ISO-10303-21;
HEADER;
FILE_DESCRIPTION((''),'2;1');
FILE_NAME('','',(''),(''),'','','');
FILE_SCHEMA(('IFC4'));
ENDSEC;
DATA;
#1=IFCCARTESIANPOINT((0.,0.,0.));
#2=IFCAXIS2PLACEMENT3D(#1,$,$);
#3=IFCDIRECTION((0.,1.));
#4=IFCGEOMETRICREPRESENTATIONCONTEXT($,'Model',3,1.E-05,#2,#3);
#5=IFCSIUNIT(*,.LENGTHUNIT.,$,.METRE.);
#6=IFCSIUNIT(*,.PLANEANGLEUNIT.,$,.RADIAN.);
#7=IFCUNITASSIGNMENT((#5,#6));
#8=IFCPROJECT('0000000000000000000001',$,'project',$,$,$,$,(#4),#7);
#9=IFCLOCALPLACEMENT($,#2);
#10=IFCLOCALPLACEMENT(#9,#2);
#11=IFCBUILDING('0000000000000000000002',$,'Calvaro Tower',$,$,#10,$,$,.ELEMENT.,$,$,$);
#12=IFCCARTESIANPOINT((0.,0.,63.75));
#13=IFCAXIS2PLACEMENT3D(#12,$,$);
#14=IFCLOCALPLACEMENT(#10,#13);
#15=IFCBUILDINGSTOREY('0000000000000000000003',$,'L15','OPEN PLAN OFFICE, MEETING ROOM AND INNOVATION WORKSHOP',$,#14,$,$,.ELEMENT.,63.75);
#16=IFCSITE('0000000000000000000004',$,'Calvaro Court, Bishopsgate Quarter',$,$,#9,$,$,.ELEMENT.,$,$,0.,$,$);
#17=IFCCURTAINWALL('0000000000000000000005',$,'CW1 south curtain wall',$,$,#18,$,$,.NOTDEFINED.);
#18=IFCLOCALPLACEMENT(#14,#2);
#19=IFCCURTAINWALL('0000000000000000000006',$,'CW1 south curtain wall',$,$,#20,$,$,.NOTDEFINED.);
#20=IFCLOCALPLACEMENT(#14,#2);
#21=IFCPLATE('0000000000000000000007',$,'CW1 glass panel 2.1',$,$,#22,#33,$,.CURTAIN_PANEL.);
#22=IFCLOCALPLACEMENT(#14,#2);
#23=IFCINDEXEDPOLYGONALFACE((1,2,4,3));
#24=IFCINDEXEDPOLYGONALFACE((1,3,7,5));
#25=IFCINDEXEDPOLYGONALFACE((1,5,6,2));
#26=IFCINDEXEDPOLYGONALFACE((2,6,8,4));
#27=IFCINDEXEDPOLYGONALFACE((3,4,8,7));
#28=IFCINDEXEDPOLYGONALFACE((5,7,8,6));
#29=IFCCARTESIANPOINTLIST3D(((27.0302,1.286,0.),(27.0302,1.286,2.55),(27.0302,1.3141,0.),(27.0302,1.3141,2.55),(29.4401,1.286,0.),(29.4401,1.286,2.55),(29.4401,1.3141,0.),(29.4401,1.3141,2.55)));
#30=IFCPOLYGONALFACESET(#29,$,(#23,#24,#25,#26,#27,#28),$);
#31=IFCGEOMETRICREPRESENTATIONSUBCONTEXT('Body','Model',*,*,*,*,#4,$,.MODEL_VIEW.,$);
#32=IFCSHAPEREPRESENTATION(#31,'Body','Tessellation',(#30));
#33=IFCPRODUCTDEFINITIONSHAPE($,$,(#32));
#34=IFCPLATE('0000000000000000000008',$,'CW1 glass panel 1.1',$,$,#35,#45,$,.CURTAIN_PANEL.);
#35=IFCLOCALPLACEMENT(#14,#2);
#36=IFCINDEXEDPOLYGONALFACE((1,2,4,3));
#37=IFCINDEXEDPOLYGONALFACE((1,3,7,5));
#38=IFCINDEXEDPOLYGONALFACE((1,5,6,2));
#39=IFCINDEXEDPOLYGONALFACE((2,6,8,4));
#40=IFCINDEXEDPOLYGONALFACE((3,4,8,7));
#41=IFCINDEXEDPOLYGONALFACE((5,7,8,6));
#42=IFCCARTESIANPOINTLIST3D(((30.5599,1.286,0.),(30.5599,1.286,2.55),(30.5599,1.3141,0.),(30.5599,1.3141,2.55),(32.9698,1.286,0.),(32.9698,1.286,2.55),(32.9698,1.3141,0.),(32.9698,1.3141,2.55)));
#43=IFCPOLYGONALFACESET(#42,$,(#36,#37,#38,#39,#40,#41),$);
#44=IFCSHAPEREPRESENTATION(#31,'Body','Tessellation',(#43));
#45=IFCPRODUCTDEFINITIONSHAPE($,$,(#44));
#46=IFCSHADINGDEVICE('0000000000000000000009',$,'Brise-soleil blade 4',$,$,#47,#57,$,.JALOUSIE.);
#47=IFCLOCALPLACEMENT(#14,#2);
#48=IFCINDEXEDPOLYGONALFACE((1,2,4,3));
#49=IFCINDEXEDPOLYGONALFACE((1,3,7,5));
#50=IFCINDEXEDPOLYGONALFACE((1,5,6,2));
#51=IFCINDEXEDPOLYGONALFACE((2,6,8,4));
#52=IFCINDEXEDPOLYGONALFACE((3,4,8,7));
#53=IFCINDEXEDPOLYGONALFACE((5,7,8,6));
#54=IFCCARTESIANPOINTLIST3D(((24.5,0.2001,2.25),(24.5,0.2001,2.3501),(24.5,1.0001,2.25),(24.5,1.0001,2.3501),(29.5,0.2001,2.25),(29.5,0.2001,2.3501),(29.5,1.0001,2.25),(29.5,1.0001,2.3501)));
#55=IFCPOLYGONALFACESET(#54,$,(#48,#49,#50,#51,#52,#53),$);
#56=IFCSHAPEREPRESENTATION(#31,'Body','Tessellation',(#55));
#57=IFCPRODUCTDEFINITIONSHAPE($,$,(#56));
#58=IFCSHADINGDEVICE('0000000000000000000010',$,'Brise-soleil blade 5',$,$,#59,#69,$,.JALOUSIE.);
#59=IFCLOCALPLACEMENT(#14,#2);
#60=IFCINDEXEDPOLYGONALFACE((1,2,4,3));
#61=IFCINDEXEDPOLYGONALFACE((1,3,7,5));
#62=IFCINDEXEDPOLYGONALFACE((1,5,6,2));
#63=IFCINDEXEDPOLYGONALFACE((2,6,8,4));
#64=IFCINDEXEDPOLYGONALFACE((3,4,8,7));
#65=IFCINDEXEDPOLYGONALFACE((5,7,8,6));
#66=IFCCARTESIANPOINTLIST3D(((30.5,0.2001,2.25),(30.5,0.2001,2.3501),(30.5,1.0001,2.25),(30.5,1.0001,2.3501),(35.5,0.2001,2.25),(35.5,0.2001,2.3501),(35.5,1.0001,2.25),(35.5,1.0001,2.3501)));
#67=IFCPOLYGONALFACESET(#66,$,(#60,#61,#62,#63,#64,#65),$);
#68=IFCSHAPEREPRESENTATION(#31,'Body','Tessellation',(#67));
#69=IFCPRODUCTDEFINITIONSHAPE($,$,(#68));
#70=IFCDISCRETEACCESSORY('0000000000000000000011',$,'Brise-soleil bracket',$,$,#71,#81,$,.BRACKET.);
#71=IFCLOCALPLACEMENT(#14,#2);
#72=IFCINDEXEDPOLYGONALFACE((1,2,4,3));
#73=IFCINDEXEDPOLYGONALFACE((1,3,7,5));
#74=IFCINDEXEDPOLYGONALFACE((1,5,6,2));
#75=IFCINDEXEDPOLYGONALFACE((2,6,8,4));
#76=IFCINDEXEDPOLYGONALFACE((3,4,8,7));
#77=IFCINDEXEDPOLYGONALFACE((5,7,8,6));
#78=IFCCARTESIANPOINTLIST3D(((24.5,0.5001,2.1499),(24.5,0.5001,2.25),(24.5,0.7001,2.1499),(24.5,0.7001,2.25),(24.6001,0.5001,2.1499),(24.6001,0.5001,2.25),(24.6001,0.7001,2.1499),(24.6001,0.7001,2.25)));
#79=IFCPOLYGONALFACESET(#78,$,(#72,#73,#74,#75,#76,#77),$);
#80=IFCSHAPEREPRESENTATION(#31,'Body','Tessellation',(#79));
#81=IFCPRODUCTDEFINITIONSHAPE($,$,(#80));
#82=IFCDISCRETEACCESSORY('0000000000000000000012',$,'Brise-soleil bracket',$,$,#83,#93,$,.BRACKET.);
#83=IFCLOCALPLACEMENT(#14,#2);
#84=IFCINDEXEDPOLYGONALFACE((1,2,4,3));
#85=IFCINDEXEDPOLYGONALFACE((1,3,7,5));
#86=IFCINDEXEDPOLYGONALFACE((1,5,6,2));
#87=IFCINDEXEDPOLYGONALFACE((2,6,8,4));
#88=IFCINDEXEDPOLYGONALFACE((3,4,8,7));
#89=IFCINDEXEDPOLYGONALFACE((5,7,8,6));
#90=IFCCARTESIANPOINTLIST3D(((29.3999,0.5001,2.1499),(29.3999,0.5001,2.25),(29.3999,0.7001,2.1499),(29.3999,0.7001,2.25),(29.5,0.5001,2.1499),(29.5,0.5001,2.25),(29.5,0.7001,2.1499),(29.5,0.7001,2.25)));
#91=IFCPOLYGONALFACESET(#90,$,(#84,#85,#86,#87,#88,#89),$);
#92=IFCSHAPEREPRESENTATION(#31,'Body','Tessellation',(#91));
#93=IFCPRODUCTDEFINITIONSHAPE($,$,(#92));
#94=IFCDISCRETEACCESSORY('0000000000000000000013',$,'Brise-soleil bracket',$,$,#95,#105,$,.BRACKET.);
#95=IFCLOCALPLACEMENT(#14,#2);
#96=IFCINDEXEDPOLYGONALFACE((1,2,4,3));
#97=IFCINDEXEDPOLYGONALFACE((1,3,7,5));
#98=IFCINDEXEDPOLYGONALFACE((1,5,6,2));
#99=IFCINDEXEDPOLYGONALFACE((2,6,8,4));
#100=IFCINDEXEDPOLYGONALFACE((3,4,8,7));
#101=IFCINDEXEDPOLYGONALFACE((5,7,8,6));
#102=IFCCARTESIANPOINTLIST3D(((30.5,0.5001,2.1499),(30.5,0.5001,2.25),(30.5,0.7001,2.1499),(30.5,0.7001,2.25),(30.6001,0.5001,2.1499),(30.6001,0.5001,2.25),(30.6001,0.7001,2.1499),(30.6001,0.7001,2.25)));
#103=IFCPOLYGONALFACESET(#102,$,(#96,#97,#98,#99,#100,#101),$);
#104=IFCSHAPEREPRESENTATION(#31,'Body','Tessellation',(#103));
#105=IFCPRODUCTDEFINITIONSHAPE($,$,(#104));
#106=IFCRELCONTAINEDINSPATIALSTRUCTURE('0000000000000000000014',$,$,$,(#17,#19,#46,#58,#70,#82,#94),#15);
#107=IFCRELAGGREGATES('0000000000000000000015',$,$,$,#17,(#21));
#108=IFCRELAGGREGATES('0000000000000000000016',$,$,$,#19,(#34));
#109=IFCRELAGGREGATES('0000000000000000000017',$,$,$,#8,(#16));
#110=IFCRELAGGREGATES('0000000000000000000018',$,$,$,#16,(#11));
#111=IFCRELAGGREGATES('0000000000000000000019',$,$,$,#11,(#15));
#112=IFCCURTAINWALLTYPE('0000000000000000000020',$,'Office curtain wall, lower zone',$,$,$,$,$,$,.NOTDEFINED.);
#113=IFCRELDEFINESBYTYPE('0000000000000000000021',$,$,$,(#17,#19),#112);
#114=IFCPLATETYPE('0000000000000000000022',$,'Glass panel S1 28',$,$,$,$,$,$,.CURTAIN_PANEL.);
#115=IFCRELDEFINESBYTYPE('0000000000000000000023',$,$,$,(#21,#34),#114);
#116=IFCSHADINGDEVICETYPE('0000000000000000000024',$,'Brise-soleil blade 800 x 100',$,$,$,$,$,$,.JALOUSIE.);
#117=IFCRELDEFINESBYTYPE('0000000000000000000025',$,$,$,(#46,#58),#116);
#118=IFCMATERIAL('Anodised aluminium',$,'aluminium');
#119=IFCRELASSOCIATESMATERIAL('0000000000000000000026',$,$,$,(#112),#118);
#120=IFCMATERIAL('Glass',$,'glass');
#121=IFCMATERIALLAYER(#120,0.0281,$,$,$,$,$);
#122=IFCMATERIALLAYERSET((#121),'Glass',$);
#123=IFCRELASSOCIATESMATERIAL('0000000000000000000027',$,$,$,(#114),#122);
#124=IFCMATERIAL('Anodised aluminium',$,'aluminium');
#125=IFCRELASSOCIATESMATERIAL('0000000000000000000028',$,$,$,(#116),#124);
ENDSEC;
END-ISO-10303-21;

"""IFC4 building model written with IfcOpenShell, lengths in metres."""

from ifc_helpers import new_model, si_unit, direction, frame, origin, origin_2d, place, context, subcontext, project, spatial, rectangle, extrude, material, layer, layer_set, material_profile, profile_set, type_object, element, aggregate, save


model = new_model("IFC4")

# Units and contexts
model_context = context("Model", 3, precision=1e-05, world=origin(), true_north=direction((0.0, 1.0)))
body_context = subcontext(model_context, "Body", "Model", "MODEL_VIEW")
ifc_project = project(units=[si_unit("LENGTHUNIT", "METRE"), si_unit("PLANEANGLEUNIT", "RADIAN")], contexts=[model_context])

# Site, building, storey
site_placement = place(None, origin())
site = spatial("IfcSite", under=ifc_project, at=site_placement, Name="Calvaro Court, Bishopsgate Quarter", CompositionType="ELEMENT", RefElevation=0.0)
building_placement = place(site_placement, origin())
building = spatial("IfcBuilding", under=site, at=building_placement, Name="Calvaro Tower", CompositionType="ELEMENT")
storey_placement = place(building_placement, frame((0.0, 0.0, 63.75)))
storey = spatial("IfcBuildingStorey", under=building, at=storey_placement, Name="L15", Description="OPEN PLAN OFFICE, MEETING ROOM AND INNOVATION WORKSHOP", CompositionType="ELEMENT", Elevation=63.75)

# Curtain walls
ifc_material_1 = material(Name="Anodised aluminium", Category="aluminium")
curtain_wall_type = type_object("IfcCurtainWallType", Name="Office curtain wall, lower zone", PredefinedType="NOTDEFINED", material=ifc_material_1)
curtain_wall_1_placement = place(storey_placement, origin())
curtain_wall_1 = element("IfcCurtainWall", 1, at=curtain_wall_1_placement, inside=storey, type_object=curtain_wall_type, Name="CW1 south curtain wall", PredefinedType="NOTDEFINED")
curtain_wall_2_placement = place(storey_placement, origin())
curtain_wall_2 = element("IfcCurtainWall", 2, at=curtain_wall_2_placement, inside=storey, type_object=curtain_wall_type, Name="CW1 south curtain wall", PredefinedType="NOTDEFINED")

# Plates
ifc_material_2 = material(Name="Glass", Category="glass")
ifc_layer = layer(ifc_material_2, 0.0281)
ifc_layer_set = layer_set([ifc_layer], Name="Glass")
plate_type = type_object("IfcPlateType", Name="Glass panel S1 28", PredefinedType="CURTAIN_PANEL", material=ifc_layer_set)
plate_1_placement = place(storey_placement, frame((28.2351, 1.3, 0.0), z_axis=(0.0, 0.0, 1.0), x_axis=(1.0, 0.0, 0.0)))
plate_1 = element("IfcPlate", 3, at=plate_1_placement, type_object=plate_type, Name="CW1 glass panel 2.1", PredefinedType="CURTAIN_PANEL", context=body_context, shape_type="SweptSolid", body=[
    extrude(rectangle(XDim=2.4099, YDim=0.0281, at=origin_2d()), origin(), (0.0, 0.0, 1.0), 2.55),
])
aggregate(curtain_wall_1, [plate_1])
plate_2_placement = place(storey_placement, frame((31.7649, 1.3, 0.0), z_axis=(0.0, 0.0, 1.0), x_axis=(1.0, 0.0, 0.0)))
plate_2 = element("IfcPlate", 4, at=plate_2_placement, type_object=plate_type, Name="CW1 glass panel 1.1", PredefinedType="CURTAIN_PANEL", context=body_context, shape_type="SweptSolid", body=[
    extrude(rectangle(XDim=2.4099, YDim=0.0281, at=origin_2d()), origin(), (0.0, 0.0, 1.0), 2.55),
])
aggregate(curtain_wall_2, [plate_2])

# Shading devices
ifc_material_3 = material(Name="Anodised aluminium", Category="aluminium")
ifc_material_profile_1 = material_profile(ifc_material_3, rectangle(XDim=0.8, YDim=0.1001, at=origin_2d()), Name="Brise-soleil blade 800 x 100")
ifc_profile_set_1 = profile_set([ifc_material_profile_1], Name="Anodised aluminium")
shading_device_type = type_object("IfcShadingDeviceType", Name="Brise-soleil blade 800 x 100", PredefinedType="JALOUSIE", material=ifc_profile_set_1)
for number, where, z_axis, x_axis, name in (
    (5, (24.5, 0.6001, 2.3), (1.0, 0.0, 0.0), (0.0, 1.0, 0.0), "Brise-soleil blade 4"),
    (6, (30.5, 0.6001, 2.3), (1.0, 0.0, 0.0), (0.0, 1.0, 0.0), "Brise-soleil blade 5"),
):
    element("IfcShadingDevice", number, at=place(storey_placement, frame(where, z_axis=z_axis, x_axis=x_axis)), inside=storey, type_object=shading_device_type, Name=name, PredefinedType="JALOUSIE", context=body_context, shape_type="SweptSolid", body=[
        extrude(rectangle(XDim=0.8, YDim=0.1001, at=origin_2d()), origin(), (0.0, 0.0, 1.0), 5.0),
    ])

# Discrete accessories
for number, where, z_axis, x_axis, name in (
    (7, (24.55, 0.6001, 2.1499), (0.0, 0.0, 1.0), (1.0, 0.0, 0.0), "Brise-soleil bracket"),
    (8, (29.45, 0.6001, 2.1499), (0.0, 0.0, 1.0), (1.0, 0.0, 0.0), "Brise-soleil bracket"),
    (9, (30.55, 0.6001, 2.1499), (0.0, 0.0, 1.0), (1.0, 0.0, 0.0), "Brise-soleil bracket"),
):
    element("IfcDiscreteAccessory", number, at=place(storey_placement, frame(where, z_axis=z_axis, x_axis=x_axis)), inside=storey, Name=name, PredefinedType="BRACKET", context=body_context, shape_type="SweptSolid", body=[
        extrude(rectangle(XDim=0.1001, YDim=0.2, at=origin_2d()), origin(), (0.0, 0.0, 1.0), 0.1001),
    ])

save(model, "model.ifc")
